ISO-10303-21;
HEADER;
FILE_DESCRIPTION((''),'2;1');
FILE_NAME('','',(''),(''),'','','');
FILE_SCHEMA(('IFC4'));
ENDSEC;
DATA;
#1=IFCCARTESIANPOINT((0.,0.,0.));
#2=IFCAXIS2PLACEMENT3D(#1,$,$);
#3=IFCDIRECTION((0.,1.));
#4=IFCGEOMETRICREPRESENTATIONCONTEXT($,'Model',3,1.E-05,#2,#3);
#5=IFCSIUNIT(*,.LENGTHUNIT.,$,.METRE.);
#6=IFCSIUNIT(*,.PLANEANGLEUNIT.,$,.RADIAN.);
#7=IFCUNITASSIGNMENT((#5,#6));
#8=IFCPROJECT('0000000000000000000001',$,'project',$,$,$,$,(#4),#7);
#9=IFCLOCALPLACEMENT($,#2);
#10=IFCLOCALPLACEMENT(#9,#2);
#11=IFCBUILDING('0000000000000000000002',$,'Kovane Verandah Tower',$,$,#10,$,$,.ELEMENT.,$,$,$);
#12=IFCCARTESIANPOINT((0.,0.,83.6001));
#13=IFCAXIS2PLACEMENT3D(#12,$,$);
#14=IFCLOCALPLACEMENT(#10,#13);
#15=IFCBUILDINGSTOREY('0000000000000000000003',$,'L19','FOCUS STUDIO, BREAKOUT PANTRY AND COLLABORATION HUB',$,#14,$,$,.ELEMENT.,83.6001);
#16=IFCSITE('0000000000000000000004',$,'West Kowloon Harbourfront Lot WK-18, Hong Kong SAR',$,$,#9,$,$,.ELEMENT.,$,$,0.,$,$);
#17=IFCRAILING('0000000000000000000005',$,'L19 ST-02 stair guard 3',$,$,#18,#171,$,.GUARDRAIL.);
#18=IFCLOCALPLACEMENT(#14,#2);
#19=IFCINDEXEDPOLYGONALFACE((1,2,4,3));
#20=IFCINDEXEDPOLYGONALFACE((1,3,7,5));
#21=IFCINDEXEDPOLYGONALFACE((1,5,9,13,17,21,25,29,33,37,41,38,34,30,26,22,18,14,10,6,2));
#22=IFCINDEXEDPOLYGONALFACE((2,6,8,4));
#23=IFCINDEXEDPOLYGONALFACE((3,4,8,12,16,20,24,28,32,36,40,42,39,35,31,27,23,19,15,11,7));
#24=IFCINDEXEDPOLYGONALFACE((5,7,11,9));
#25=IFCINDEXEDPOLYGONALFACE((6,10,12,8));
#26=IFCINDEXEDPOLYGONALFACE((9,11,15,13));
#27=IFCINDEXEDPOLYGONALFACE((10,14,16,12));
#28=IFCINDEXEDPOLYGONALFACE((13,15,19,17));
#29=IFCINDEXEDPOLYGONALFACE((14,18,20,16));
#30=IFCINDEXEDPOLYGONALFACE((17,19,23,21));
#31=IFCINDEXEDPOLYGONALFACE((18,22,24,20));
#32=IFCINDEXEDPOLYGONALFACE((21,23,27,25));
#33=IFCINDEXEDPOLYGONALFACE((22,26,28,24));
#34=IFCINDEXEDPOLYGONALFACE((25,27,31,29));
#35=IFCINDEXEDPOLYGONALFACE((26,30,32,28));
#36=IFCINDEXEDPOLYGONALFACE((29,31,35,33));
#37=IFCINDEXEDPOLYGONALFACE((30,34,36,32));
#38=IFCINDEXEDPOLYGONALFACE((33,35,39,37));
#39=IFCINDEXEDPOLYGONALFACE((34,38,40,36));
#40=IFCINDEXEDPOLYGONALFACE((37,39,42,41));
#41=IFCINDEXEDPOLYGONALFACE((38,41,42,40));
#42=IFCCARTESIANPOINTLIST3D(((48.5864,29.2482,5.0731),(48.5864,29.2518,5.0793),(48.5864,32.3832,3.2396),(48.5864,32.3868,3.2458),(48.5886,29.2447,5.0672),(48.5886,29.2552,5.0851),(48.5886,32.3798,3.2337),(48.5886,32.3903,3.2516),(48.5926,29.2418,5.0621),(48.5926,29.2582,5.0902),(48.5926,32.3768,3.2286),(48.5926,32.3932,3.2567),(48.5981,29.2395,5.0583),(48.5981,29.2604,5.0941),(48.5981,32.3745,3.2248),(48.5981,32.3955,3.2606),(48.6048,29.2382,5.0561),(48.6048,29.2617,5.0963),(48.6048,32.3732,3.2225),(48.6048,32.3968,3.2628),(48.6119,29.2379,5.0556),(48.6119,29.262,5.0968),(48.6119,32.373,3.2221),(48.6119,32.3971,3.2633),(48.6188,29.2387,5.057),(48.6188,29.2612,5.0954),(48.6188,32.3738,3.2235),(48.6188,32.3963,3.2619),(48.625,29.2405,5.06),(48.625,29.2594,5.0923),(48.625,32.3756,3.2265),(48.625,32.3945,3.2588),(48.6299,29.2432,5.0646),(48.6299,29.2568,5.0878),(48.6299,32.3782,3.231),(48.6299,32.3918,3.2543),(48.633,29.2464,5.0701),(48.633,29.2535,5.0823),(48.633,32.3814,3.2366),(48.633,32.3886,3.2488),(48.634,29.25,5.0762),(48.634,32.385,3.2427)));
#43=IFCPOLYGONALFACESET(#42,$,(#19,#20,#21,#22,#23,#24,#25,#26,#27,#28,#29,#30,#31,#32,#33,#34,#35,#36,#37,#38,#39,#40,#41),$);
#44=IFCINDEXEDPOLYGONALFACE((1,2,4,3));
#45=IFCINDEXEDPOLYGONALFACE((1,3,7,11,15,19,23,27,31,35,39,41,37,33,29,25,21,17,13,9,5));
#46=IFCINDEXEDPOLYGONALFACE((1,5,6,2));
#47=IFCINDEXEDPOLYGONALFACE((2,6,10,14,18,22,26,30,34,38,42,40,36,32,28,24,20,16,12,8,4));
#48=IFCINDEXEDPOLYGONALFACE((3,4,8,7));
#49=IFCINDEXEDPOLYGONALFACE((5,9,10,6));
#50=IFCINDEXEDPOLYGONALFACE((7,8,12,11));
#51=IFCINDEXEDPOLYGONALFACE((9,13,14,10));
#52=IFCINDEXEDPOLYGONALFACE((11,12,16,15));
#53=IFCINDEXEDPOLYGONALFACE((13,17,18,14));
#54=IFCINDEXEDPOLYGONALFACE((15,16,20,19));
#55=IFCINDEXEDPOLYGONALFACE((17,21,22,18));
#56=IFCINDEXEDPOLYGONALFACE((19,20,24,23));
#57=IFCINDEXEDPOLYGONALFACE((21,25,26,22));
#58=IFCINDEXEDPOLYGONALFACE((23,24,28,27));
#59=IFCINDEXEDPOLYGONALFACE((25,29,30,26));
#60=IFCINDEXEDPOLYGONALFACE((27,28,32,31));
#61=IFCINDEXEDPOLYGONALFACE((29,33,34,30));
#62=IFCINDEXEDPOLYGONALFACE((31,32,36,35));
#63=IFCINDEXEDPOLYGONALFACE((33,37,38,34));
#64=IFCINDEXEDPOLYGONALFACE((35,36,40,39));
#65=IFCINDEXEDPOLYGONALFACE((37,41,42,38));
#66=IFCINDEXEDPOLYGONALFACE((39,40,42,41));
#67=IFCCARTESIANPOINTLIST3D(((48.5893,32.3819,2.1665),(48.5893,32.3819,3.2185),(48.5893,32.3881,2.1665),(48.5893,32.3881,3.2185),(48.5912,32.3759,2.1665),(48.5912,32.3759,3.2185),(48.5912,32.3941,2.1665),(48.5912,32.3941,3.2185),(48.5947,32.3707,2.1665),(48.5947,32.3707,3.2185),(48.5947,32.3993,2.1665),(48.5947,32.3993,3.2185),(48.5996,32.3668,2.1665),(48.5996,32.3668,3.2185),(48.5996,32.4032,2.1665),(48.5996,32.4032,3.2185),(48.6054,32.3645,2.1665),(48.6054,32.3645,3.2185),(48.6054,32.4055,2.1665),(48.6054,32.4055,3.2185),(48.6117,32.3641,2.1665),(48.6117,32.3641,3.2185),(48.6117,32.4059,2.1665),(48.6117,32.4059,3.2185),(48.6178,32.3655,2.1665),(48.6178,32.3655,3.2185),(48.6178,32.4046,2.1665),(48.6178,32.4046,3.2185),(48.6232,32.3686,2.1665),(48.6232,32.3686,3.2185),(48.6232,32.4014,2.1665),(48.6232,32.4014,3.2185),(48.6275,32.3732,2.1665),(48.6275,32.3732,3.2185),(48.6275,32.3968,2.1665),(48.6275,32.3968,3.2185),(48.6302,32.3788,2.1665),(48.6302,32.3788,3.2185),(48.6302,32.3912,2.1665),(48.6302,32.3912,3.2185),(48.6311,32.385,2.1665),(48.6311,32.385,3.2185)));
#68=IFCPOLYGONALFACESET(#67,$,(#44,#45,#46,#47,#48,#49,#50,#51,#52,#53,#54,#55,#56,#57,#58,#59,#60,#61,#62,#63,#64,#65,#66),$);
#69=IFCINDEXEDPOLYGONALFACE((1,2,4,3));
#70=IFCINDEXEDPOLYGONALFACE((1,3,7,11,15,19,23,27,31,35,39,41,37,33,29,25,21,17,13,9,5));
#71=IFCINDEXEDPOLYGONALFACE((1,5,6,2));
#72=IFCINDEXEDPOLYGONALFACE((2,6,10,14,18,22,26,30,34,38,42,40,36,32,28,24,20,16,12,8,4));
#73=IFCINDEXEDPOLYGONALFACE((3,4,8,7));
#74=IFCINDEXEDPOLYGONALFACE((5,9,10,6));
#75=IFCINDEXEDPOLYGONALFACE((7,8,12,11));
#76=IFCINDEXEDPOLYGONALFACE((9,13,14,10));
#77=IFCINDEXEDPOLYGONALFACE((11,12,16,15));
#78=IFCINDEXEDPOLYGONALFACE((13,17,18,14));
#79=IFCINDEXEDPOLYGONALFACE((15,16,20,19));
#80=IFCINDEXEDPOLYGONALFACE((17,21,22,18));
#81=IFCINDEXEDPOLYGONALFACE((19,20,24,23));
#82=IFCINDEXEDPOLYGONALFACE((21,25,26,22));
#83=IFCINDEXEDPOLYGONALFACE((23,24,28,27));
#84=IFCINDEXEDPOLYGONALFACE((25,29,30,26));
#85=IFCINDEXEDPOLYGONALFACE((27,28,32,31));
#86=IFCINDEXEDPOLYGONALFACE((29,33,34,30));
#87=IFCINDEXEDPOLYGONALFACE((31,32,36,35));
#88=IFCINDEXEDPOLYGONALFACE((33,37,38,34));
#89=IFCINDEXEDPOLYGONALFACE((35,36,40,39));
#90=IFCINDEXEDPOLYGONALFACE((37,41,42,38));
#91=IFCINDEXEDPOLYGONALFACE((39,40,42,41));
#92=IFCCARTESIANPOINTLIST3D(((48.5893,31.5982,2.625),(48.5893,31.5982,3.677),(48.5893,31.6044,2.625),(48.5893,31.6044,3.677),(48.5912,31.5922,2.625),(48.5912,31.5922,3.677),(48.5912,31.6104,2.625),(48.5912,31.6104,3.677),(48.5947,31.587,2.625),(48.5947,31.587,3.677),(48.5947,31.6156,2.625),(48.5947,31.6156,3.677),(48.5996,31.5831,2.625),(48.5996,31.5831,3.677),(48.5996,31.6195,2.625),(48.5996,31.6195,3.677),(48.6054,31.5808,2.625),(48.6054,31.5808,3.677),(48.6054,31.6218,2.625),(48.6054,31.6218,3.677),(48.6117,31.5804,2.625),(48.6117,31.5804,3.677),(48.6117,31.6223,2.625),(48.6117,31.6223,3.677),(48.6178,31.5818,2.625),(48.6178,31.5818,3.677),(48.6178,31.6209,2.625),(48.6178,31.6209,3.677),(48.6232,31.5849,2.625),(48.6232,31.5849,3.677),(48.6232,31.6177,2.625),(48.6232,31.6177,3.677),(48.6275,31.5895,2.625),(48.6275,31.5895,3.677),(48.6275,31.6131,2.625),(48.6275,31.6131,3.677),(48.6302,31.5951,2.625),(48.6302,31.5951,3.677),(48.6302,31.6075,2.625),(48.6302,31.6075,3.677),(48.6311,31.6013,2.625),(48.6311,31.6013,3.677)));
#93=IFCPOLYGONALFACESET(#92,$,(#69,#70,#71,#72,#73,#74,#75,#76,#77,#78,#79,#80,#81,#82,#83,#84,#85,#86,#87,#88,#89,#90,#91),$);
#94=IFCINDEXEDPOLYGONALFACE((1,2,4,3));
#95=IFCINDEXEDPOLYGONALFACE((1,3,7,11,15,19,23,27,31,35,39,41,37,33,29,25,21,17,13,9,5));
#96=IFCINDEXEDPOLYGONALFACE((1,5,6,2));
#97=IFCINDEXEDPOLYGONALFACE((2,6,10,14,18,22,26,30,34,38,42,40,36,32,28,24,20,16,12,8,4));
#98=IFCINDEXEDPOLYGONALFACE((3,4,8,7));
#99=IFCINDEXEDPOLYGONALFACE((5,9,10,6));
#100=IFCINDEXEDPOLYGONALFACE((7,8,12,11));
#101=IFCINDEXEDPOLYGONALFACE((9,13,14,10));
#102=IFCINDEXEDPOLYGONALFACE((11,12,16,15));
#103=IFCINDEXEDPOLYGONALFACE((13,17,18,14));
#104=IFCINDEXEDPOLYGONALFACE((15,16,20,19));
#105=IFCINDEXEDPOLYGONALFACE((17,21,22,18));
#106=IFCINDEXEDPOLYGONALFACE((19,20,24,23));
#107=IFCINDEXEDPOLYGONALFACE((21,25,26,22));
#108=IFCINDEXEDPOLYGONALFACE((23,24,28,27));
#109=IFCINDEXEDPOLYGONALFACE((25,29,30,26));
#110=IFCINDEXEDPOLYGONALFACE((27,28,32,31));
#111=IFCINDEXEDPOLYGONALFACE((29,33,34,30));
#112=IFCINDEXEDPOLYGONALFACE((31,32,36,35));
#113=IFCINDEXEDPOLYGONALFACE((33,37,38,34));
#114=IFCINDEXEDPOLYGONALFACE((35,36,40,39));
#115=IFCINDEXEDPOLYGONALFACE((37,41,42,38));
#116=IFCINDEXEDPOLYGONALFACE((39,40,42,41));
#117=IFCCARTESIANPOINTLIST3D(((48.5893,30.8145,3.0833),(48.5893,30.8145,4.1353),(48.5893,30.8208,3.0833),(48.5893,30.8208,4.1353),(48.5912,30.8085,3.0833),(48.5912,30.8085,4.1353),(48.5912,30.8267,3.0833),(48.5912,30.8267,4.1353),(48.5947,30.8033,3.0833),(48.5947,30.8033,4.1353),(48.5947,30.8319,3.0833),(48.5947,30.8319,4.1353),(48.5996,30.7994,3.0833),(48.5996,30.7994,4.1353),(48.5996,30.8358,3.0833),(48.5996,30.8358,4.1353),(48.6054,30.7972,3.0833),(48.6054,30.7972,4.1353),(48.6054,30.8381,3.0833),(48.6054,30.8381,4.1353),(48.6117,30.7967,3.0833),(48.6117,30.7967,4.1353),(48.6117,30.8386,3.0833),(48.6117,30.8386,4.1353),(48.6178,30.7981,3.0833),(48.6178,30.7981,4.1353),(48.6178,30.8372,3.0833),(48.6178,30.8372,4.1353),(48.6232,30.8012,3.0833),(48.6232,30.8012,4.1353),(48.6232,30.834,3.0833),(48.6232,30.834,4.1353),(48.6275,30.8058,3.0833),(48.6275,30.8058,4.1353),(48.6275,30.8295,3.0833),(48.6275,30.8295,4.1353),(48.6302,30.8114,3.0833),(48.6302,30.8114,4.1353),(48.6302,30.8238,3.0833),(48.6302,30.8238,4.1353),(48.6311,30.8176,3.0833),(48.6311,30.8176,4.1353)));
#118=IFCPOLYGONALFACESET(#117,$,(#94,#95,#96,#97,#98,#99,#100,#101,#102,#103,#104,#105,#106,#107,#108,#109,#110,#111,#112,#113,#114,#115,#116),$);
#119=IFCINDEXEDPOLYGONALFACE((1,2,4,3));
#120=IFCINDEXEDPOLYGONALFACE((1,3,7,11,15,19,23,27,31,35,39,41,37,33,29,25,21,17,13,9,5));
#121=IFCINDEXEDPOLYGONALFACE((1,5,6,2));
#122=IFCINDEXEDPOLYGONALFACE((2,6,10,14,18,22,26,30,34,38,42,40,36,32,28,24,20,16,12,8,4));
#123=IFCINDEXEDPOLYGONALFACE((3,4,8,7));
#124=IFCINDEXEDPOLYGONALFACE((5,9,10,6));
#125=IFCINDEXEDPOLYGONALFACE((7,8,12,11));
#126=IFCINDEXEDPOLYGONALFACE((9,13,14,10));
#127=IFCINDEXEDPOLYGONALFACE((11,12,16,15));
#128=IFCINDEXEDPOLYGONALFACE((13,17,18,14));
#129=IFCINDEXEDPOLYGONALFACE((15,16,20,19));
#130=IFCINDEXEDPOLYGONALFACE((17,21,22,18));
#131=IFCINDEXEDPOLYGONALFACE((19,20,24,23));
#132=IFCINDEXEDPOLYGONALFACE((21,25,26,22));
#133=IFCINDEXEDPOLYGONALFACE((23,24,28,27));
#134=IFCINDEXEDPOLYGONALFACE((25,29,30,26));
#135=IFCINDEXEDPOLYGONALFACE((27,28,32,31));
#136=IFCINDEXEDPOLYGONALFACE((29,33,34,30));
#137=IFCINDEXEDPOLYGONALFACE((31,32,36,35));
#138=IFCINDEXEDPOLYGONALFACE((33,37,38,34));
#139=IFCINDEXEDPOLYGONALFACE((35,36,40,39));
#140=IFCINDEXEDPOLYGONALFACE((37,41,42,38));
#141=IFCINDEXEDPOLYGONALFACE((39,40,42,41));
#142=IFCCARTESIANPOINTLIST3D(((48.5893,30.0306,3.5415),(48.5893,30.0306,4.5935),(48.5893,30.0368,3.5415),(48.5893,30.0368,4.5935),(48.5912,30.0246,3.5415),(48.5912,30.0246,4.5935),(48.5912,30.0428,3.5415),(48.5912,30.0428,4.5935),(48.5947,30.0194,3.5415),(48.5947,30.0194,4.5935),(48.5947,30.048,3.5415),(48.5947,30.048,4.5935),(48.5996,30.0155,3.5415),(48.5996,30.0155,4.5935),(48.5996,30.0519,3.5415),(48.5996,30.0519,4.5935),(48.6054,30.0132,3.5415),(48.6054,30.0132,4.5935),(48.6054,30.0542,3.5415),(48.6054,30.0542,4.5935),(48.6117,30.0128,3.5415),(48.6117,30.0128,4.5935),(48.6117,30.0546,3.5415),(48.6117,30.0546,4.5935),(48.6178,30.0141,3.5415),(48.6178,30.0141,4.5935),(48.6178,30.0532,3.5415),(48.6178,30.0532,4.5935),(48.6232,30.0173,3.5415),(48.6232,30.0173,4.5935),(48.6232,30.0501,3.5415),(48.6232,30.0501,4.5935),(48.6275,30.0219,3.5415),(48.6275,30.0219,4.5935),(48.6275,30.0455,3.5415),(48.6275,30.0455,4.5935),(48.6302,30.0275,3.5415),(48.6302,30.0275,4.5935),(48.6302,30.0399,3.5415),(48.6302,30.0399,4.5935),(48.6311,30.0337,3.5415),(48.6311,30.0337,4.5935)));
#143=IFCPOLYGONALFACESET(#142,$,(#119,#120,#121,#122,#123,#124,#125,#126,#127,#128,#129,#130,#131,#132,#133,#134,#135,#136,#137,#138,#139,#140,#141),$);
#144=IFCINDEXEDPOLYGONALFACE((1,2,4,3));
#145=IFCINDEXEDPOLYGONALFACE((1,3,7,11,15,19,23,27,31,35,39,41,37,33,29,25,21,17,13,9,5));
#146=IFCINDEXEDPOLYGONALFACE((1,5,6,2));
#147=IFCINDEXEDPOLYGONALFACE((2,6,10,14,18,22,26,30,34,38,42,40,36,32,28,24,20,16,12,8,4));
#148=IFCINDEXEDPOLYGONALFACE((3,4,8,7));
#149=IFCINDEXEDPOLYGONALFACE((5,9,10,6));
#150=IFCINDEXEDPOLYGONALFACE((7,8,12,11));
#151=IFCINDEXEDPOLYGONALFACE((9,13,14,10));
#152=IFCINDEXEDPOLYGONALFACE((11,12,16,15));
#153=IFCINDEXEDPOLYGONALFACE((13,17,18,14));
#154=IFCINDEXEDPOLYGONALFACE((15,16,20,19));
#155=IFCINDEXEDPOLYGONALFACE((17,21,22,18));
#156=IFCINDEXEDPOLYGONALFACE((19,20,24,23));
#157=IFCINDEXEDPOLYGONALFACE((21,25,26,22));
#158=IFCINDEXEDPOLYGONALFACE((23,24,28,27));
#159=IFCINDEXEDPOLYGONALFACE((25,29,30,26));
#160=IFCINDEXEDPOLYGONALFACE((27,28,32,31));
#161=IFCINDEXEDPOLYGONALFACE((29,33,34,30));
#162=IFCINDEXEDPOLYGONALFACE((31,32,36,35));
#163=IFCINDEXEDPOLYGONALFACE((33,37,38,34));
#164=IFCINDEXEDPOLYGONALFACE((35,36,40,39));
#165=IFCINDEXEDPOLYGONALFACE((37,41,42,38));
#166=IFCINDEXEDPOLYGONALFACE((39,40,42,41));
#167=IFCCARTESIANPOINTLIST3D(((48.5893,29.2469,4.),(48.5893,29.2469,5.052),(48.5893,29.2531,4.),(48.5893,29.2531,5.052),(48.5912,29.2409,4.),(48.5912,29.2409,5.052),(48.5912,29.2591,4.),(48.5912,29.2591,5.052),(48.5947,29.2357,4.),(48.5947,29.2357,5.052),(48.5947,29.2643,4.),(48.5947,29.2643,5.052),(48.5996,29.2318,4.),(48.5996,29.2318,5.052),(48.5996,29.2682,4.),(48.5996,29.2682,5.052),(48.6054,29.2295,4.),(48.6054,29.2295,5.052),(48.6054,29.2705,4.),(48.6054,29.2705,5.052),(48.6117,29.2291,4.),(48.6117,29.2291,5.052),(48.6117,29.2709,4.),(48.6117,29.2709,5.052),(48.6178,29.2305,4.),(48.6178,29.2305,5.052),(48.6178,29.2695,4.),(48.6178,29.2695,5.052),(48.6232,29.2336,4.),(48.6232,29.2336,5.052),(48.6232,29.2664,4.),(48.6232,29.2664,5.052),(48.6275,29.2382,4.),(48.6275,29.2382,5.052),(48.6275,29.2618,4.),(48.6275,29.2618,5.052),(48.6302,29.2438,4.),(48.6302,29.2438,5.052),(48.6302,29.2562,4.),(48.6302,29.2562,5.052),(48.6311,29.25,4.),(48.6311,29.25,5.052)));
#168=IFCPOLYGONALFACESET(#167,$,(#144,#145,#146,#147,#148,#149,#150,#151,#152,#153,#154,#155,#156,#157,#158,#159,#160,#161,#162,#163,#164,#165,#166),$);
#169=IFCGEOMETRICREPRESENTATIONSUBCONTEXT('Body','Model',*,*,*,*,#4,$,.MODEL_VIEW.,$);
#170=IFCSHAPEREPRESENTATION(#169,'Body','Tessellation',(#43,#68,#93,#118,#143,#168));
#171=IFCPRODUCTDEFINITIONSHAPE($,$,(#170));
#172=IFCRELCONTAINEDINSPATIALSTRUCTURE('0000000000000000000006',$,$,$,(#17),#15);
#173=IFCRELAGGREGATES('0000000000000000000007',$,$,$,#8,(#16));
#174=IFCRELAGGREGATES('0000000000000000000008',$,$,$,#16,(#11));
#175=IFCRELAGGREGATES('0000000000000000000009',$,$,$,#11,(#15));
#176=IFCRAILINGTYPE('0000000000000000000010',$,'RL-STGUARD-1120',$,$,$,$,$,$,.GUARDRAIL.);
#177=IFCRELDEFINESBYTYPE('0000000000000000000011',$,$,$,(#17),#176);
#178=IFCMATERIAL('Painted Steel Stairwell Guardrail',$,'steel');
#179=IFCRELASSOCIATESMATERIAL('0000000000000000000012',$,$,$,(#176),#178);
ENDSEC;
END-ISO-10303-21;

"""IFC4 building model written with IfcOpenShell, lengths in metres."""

from ifc_helpers import new_model, si_unit, direction, frame, origin, origin_2d, place, context, subcontext, project, spatial, circle, extrude, material, type_object, element, save


model = new_model("IFC4")

# Units and contexts
model_context = context("Model", 3, precision=1e-05, world=origin(), true_north=direction((0.0, 1.0)))
body_context = subcontext(model_context, "Body", "Model", "MODEL_VIEW")
ifc_project = project(units=[si_unit("LENGTHUNIT", "METRE"), si_unit("PLANEANGLEUNIT", "RADIAN")], contexts=[model_context])

# Site, building, storey
site_placement = place(None, origin())
site = spatial("IfcSite", under=ifc_project, at=site_placement, Name="West Kowloon Harbourfront Lot WK-18, Hong Kong SAR", CompositionType="ELEMENT", RefElevation=0.0)
building_placement = place(site_placement, origin())
building = spatial("IfcBuilding", under=site, at=building_placement, Name="Kovane Verandah Tower", CompositionType="ELEMENT")
storey_placement = place(building_placement, frame((0.0, 0.0, 83.6001)))
storey = spatial("IfcBuildingStorey", under=building, at=storey_placement, Name="L19", Description="FOCUS STUDIO, BREAKOUT PANTRY AND COLLABORATION HUB", CompositionType="ELEMENT", Elevation=83.6001)

# Railing
ifc_material_1 = material(Name="Painted Steel Stairwell Guardrail", Category="steel")
railing_type_1 = type_object("IfcRailingType", Name="RL-STGUARD-1120", PredefinedType="GUARDRAIL", material=ifc_material_1)
railing_1_placement = place(storey_placement, frame((48.6101, 32.385, 2.1665)))
element("IfcRailing", 1, at=railing_1_placement, inside=storey, type_object=railing_type_1, Name="L19 ST-02 stair guard 3", PredefinedType="GUARDRAIL", context=body_context, shape_type="SweptSolid", body=[
    extrude(circle(Radius=0.0239, at=origin_2d()), frame((0.0, 0.0, 1.0762), z_axis=(0.0, -0.86321, 0.504845), x_axis=(1.0, 0.0, 0.0)), (0.0, 0.0, 1.0), 3.6318),
    extrude(circle(Radius=0.021, at=origin_2d()), origin(), (0.0, 0.0, 1.0), 1.052),
    extrude(circle(Radius=0.021, at=origin_2d()), frame((0.0, -0.7837, 0.4585)), (0.0, 0.0, 1.0), 1.052),
    extrude(circle(Radius=0.021, at=origin_2d()), frame((0.0, -1.5674, 0.9167)), (0.0, 0.0, 1.0), 1.052),
    extrude(circle(Radius=0.021, at=origin_2d()), frame((0.0, -2.3513, 1.375)), (0.0, 0.0, 1.0), 1.052),
    extrude(circle(Radius=0.021, at=origin_2d()), frame((0.0, -3.135, 1.8335)), (0.0, 0.0, 1.0), 1.052),
])

save(model, "model.ifc")
